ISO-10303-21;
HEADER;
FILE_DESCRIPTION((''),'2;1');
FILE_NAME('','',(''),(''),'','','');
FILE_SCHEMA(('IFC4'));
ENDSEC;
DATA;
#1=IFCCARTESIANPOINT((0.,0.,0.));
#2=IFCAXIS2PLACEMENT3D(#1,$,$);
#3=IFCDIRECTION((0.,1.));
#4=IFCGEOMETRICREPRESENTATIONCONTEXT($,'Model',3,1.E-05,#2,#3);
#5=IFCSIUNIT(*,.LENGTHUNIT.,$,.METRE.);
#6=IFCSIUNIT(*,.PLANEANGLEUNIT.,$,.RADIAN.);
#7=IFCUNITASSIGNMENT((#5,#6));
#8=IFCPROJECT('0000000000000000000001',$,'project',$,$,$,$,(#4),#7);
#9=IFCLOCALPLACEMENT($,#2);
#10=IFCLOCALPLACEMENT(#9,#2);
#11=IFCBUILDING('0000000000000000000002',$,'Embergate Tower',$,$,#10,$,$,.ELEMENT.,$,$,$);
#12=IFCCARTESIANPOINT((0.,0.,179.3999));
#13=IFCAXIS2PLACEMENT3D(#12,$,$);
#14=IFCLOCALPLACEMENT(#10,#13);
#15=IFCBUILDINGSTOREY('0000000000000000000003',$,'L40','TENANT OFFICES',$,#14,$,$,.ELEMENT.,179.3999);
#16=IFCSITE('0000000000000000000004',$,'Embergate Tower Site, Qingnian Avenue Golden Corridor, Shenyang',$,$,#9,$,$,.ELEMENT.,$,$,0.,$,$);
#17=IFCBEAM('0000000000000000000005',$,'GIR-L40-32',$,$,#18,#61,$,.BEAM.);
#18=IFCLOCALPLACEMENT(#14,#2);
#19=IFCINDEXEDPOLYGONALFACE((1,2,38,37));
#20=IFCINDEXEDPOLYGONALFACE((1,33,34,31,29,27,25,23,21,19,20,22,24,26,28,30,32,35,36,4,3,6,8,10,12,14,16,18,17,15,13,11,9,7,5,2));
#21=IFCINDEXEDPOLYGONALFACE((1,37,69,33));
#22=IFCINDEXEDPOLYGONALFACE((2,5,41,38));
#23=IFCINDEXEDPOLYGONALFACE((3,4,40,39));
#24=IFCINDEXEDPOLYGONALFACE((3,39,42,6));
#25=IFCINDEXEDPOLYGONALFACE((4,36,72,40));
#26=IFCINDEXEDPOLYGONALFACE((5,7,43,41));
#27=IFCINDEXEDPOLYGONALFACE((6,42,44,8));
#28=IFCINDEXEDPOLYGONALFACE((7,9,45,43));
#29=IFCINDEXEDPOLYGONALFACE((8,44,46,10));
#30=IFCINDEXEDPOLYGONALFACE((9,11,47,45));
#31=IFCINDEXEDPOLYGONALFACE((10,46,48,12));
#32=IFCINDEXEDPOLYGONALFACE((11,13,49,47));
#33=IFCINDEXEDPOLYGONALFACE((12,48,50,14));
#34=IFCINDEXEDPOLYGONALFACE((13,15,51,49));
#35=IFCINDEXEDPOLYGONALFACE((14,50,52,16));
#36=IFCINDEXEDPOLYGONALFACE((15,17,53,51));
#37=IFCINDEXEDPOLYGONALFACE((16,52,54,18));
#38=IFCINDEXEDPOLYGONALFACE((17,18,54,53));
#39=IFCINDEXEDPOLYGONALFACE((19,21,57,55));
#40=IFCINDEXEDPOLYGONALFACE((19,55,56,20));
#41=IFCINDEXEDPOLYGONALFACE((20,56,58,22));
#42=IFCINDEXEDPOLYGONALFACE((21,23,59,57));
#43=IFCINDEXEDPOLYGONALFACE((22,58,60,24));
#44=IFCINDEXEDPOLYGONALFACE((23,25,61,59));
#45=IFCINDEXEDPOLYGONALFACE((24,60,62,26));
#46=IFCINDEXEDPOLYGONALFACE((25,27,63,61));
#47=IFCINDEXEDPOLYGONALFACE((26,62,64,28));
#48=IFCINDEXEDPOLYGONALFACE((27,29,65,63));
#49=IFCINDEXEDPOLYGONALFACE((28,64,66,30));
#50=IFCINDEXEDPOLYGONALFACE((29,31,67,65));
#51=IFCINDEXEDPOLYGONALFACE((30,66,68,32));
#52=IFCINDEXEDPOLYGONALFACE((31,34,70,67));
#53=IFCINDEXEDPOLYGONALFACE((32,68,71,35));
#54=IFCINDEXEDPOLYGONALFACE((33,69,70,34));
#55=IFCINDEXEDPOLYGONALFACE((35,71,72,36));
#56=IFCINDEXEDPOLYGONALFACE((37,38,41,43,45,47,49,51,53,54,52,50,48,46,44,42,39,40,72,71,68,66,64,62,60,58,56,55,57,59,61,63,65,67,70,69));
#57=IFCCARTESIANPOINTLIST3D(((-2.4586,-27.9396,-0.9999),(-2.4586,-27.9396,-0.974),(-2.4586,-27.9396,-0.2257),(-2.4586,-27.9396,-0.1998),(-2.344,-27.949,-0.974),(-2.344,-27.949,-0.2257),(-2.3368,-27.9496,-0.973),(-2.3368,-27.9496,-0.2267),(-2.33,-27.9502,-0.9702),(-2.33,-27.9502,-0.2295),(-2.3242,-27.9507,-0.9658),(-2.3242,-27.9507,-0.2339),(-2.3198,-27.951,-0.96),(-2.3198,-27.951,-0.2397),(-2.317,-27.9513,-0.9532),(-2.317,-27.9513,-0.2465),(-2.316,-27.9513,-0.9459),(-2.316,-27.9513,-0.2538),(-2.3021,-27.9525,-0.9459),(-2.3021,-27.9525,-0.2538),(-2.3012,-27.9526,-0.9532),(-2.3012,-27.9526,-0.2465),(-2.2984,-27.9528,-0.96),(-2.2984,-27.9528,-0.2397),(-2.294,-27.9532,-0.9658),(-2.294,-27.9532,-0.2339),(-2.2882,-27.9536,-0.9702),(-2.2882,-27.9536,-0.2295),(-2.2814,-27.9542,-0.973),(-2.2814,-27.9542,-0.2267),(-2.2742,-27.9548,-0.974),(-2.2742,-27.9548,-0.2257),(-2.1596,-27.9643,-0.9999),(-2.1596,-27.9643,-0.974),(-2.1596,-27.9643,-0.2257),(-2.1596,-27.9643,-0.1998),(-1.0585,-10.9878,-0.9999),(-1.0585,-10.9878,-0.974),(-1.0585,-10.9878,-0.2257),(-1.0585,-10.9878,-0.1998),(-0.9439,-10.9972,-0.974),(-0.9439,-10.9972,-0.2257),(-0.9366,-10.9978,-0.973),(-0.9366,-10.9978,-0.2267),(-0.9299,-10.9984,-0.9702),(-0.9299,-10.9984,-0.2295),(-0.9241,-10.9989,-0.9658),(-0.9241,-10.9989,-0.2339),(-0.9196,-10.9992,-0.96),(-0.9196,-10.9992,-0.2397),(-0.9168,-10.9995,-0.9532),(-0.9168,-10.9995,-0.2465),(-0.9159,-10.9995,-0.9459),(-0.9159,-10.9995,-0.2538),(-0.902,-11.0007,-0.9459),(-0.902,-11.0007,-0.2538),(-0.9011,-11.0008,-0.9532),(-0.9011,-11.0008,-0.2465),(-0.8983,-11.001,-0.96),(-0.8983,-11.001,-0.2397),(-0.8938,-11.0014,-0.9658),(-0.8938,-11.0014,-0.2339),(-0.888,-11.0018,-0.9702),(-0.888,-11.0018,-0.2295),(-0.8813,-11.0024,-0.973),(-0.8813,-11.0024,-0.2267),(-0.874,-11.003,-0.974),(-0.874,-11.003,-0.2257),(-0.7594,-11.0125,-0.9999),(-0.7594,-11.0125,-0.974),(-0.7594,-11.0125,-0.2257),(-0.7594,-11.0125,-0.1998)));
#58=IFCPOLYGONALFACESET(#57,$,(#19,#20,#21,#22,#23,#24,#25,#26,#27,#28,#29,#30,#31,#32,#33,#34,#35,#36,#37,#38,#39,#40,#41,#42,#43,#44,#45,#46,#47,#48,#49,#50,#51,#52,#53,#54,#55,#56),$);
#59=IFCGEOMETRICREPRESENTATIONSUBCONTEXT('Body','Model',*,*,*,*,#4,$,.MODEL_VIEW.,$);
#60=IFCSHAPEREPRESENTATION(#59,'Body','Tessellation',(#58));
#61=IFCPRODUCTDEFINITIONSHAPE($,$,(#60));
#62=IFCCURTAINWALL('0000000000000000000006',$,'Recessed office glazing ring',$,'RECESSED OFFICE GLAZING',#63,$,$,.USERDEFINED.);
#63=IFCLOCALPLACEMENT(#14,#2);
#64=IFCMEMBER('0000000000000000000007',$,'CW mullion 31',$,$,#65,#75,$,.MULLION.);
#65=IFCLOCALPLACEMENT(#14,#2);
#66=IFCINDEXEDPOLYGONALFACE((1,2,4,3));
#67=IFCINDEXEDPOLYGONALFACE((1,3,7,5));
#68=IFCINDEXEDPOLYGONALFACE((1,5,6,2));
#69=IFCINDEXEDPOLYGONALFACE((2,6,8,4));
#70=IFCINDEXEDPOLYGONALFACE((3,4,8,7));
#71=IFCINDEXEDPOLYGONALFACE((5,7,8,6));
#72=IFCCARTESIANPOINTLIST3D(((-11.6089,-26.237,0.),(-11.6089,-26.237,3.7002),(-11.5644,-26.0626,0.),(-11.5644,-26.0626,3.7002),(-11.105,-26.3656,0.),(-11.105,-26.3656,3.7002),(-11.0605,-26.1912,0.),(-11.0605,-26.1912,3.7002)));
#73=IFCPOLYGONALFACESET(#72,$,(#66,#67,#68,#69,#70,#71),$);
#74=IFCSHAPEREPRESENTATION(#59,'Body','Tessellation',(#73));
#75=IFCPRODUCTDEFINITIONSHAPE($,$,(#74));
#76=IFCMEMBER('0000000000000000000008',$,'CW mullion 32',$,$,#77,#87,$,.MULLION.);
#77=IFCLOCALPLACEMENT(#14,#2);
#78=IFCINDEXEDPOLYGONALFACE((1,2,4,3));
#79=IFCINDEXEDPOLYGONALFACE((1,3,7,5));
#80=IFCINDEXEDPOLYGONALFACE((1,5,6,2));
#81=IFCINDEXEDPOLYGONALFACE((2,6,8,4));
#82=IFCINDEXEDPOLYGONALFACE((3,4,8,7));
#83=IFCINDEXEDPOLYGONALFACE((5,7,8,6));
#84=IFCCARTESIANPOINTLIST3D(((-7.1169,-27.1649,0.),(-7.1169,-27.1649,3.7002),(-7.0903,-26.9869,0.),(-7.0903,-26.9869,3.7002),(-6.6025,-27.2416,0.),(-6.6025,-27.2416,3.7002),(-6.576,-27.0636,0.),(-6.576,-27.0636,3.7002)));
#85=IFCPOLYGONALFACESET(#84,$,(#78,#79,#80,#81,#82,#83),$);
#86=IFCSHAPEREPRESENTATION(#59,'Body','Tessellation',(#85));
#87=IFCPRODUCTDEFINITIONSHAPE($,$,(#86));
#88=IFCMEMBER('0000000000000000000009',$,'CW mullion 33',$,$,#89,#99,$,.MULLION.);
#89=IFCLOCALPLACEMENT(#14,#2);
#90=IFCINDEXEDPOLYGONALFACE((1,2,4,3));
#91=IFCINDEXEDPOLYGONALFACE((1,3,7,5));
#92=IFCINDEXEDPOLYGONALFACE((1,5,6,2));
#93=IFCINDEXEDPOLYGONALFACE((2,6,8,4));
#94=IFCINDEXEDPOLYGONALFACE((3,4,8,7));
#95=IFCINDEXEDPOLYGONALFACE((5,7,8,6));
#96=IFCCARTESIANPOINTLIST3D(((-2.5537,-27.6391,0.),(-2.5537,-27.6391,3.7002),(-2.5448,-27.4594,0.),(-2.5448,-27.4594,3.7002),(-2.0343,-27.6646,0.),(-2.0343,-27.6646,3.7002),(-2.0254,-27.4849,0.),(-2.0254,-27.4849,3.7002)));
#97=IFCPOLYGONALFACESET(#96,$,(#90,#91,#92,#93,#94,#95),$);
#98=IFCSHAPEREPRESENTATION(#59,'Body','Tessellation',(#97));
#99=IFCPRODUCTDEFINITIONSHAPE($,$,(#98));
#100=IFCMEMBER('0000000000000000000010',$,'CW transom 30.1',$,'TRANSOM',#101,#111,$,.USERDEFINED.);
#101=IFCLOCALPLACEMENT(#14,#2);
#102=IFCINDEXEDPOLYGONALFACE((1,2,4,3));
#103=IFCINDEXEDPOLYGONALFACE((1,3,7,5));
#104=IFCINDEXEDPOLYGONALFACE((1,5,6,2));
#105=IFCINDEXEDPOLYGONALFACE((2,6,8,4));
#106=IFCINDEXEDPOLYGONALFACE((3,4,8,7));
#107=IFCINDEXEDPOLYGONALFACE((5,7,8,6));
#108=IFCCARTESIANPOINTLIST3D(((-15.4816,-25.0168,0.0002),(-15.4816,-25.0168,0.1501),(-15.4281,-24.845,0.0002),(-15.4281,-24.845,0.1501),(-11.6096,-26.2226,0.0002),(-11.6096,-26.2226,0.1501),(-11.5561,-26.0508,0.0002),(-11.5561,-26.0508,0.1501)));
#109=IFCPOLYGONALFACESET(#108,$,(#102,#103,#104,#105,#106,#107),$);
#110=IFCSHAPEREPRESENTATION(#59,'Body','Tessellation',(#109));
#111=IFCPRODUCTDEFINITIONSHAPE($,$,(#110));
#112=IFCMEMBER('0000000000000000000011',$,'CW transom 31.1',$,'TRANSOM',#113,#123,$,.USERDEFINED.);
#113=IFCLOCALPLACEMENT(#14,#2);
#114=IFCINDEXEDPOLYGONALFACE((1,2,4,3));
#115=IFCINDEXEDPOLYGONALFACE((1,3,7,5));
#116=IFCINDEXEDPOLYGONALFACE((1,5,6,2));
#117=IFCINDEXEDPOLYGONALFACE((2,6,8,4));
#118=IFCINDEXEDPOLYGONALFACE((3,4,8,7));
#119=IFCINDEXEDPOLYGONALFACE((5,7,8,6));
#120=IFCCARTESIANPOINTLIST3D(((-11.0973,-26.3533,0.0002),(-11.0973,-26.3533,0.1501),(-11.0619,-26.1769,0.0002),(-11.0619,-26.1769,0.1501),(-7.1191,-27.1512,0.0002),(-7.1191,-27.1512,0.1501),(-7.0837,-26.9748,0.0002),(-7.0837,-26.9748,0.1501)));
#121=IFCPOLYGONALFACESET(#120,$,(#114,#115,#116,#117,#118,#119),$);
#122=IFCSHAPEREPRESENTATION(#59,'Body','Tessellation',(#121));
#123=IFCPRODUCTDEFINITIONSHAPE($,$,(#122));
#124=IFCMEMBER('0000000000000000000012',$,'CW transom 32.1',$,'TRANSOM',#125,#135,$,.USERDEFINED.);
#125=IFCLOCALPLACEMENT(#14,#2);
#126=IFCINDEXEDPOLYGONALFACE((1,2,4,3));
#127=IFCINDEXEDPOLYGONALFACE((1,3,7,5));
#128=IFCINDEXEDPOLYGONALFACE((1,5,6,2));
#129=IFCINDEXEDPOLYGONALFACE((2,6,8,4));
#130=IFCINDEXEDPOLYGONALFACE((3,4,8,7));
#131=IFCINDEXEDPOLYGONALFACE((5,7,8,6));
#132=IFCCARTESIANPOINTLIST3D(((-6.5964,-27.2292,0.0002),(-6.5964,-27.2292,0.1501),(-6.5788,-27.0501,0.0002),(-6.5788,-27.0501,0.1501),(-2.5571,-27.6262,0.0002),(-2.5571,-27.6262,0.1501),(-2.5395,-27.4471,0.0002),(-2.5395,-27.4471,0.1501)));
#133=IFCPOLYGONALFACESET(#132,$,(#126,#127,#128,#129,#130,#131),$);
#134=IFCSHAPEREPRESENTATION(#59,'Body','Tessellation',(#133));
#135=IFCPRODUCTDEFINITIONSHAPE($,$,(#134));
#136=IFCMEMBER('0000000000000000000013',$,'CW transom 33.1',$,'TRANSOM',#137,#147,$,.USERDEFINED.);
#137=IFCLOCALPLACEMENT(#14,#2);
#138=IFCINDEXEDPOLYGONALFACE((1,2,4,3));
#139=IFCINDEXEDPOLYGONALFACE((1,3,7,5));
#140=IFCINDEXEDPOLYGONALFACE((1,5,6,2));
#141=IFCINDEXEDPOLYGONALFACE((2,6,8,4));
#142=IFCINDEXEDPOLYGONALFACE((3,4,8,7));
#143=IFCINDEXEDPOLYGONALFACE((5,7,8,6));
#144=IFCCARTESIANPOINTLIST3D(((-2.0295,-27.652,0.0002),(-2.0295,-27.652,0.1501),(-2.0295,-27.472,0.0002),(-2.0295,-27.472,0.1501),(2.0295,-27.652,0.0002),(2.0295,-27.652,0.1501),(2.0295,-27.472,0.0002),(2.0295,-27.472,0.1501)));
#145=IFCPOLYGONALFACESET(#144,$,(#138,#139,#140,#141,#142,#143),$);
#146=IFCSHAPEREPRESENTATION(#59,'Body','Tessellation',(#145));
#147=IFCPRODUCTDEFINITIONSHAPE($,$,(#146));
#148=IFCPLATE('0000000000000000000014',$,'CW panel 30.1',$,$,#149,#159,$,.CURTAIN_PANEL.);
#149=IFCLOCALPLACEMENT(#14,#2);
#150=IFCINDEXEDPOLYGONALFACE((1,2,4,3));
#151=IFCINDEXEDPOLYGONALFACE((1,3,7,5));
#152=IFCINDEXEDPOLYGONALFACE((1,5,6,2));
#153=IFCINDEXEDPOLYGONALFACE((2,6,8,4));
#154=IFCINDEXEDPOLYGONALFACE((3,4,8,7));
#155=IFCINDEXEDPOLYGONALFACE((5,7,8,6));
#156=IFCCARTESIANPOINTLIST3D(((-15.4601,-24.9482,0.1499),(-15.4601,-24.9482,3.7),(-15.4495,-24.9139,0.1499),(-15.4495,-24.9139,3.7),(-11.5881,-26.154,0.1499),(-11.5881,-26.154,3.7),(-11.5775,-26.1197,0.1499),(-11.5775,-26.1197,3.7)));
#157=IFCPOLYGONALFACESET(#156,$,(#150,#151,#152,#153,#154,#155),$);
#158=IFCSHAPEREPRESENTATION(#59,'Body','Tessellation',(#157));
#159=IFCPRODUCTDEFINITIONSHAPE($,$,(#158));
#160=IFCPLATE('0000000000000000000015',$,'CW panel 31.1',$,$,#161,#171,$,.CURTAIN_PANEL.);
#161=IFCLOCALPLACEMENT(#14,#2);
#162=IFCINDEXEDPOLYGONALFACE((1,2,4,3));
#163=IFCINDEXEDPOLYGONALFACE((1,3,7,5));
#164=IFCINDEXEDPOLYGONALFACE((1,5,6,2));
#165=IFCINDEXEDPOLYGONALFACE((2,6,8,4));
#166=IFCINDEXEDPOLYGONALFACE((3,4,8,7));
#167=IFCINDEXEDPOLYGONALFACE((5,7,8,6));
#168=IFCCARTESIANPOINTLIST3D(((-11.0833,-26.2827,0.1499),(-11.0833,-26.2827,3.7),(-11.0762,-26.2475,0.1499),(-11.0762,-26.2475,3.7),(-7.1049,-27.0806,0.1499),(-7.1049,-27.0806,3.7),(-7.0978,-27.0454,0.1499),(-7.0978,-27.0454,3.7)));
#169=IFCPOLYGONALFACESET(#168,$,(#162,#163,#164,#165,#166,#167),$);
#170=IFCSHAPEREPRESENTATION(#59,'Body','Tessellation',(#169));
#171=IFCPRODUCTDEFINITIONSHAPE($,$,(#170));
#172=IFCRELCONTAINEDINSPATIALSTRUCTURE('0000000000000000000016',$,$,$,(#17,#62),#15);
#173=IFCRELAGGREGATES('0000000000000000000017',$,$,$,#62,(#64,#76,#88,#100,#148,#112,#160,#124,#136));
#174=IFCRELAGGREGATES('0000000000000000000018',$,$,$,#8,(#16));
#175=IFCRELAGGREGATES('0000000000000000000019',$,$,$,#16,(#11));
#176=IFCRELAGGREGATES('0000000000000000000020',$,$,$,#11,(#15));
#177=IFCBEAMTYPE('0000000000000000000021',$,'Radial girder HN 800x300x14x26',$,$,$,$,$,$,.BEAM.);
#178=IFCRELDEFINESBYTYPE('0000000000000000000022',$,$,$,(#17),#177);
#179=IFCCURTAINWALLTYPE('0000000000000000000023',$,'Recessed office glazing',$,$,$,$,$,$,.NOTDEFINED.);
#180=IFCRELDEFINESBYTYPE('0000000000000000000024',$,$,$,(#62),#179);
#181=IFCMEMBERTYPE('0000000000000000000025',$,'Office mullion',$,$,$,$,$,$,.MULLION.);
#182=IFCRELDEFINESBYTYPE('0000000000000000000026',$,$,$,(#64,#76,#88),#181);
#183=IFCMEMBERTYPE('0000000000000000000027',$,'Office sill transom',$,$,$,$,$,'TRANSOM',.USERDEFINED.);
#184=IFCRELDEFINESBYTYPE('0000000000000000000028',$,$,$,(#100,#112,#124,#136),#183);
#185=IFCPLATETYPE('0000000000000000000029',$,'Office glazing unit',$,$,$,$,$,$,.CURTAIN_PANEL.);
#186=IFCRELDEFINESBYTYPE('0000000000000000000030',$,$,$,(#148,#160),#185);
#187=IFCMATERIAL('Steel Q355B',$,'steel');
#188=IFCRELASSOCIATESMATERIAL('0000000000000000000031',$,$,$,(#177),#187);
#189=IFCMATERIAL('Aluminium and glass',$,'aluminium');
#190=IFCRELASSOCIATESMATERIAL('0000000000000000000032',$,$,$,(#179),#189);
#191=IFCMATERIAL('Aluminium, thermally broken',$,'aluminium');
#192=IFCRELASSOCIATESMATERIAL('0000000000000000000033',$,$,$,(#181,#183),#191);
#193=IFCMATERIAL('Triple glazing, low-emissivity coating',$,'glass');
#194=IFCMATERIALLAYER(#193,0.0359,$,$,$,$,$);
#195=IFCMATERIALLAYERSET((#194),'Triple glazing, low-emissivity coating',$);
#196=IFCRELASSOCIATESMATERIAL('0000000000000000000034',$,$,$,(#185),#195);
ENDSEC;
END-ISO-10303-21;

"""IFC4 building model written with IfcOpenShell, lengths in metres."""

from ifc_helpers import new_model, si_unit, direction, frame, origin, origin_2d, place, context, subcontext, project, spatial, rectangle, i_section, extrude, source, transform, mapped, material, layer, layer_set, material_profile, profile_set, type_object, element, aggregate, save


model = new_model("IFC4")

# Units and contexts
model_context = context("Model", 3, precision=1e-05, world=origin(), true_north=direction((0.0, 1.0)))
body_context = subcontext(model_context, "Body", "Model", "MODEL_VIEW")
ifc_project = project(units=[si_unit("LENGTHUNIT", "METRE"), si_unit("PLANEANGLEUNIT", "RADIAN")], contexts=[model_context])

# Site, building, storey
site_placement = place(None, origin())
site = spatial("IfcSite", under=ifc_project, at=site_placement, Name="Embergate Tower Site, Qingnian Avenue Golden Corridor, Shenyang", CompositionType="ELEMENT", RefElevation=0.0)
building_placement = place(site_placement, origin())
building = spatial("IfcBuilding", under=site, at=building_placement, Name="Embergate Tower", CompositionType="ELEMENT")
storey_placement = place(building_placement, frame((0.0, 0.0, 179.3999)))
storey = spatial("IfcBuildingStorey", under=building, at=storey_placement, Name="L40", Description="TENANT OFFICES", CompositionType="ELEMENT", Elevation=179.3999)

# Beam
ifc_material_1 = material(Name="Steel Q355B", Category="steel")
ifc_material_profile_1 = material_profile(ifc_material_1, i_section(OverallWidth=0.3, OverallDepth=0.8, WebThickness=0.0139, FlangeThickness=0.0259, FilletRadius=0.0281, at=origin_2d()), Name="HN 800x300x14x26")
ifc_profile_set_1 = profile_set([ifc_material_profile_1], Name="Steel Q355 grade B")
beam_type_1 = type_object("IfcBeamType", Name="Radial girder HN 800x300x14x26", PredefinedType="BEAM", material=ifc_profile_set_1)
shared_shape_1 = source(origin(), body_context, "Body", "SweptSolid", [
    extrude(i_section(OverallWidth=0.3, OverallDepth=0.8, WebThickness=0.0139, FlangeThickness=0.0259, FilletRadius=0.0281, at=origin_2d()), origin(), (0.0, 0.0, 1.0), 17.0095),
])
beam_1_placement = place(storey_placement, frame((-2.3091, -27.9519, -0.5999), z_axis=(0.082315, 0.996606, 0.0), x_axis=(-0.996606, 0.082315, 0.0)))
element("IfcBeam", 1, at=beam_1_placement, inside=storey, type_object=beam_type_1, Name="GIR-L40-32", PredefinedType="BEAM", context=body_context, shape_type="MappedRepresentation", body=[
    mapped(shared_shape_1, transform((0.0, 0.0, 0.0))),
])

# Curtain wall, members
ifc_material_2 = material(Name="Aluminium and glass", Category="aluminium")
curtain_wall_type = type_object("IfcCurtainWallType", Name="Recessed office glazing", PredefinedType="NOTDEFINED", material=ifc_material_2)
curtain_wall_placement = place(storey_placement, origin())
curtain_wall = element("IfcCurtainWall", 2, at=curtain_wall_placement, inside=storey, type_object=curtain_wall_type, Name="Recessed office glazing ring", ObjectType="RECESSED OFFICE GLAZING", PredefinedType="USERDEFINED")
ifc_material_3 = material(Name="Aluminium, thermally broken", Category="aluminium")
ifc_material_profile_2 = material_profile(ifc_material_3, rectangle(XDim=0.1799, YDim=0.52, at=origin_2d()), Name="AL 520x180")
ifc_profile_set_2 = profile_set([ifc_material_profile_2], Name="Aluminium, thermally broken")
member_type_1 = type_object("IfcMemberType", Name="Office mullion", PredefinedType="MULLION", material=ifc_profile_set_2)
shared_shape_2 = source(origin(), body_context, "Body", "SweptSolid", [
    extrude(rectangle(XDim=0.1799, YDim=0.52, at=origin_2d()), origin(), (0.0, 0.0, 1.0), 3.7002),
])
member_1_placement = place(storey_placement, frame((-11.3347, -26.2141, 0.0), z_axis=(0.0, 0.0, 1.0), x_axis=(0.247308, 0.968937, 0.0)))
member_1 = element("IfcMember", 3, at=member_1_placement, type_object=member_type_1, Name="CW mullion 31", PredefinedType="MULLION", context=body_context, shape_type="MappedRepresentation", body=[
    mapped(shared_shape_2, transform((0.0, 0.0, 0.0))),
])
member_2_placement = place(storey_placement, frame((-6.8464, -27.1143, 0.0), z_axis=(0.0, 0.0, 1.0), x_axis=(0.147409, 0.989076, 0.0)))
member_2 = element("IfcMember", 4, at=member_2_placement, type_object=member_type_1, Name="CW mullion 32", PredefinedType="MULLION", context=body_context, shape_type="MappedRepresentation", body=[
    mapped(shared_shape_2, transform((0.0, 0.0, 0.0))),
])
member_3_placement = place(storey_placement, frame((-2.2896, -27.562, 0.0), z_axis=(0.0, 0.0, 1.0), x_axis=(0.04897, 0.9988, 0.0)))
member_3 = element("IfcMember", 5, at=member_3_placement, type_object=member_type_1, Name="CW mullion 33", PredefinedType="MULLION", context=body_context, shape_type="MappedRepresentation", body=[
    mapped(shared_shape_2, transform((0.0, 0.0, 0.0))),
])
ifc_material_profile_3 = material_profile(ifc_material_3, rectangle(XDim=0.1799, YDim=0.1499, at=origin_2d()), Name="AL 150x180")
ifc_profile_set_3 = profile_set([ifc_material_profile_3], Name="Aluminium, thermally broken")
member_type_2 = type_object("IfcMemberType", Name="Office sill transom", ElementType="TRANSOM", PredefinedType="USERDEFINED", material=ifc_profile_set_3)
shared_shape_3 = source(origin(), body_context, "Body", "SweptSolid", [
    extrude(rectangle(XDim=0.1799, YDim=0.1499, at=origin_2d()), origin(), (0.0, 0.0, 1.0), 4.0554),
])
member_4_placement = place(storey_placement, frame((-15.4548, -24.9309, 0.0752), z_axis=(0.954775, -0.297329, 0.0), x_axis=(0.297329, 0.954775, 0.0)))
member_4 = element("IfcMember", 6, at=member_4_placement, type_object=member_type_2, Name="CW transom 30.1", ObjectType="TRANSOM", PredefinedType="USERDEFINED", context=body_context, shape_type="MappedRepresentation", body=[
    mapped(shared_shape_3, transform((0.0, 0.0, 0.0))),
])
shared_shape_4 = source(origin(), body_context, "Body", "SweptSolid", [
    extrude(rectangle(XDim=0.1799, YDim=0.1499, at=origin_2d()), origin(), (0.0, 0.0, 1.0), 4.0574),
])
member_5_placement = place(storey_placement, frame((-11.0796, -26.2651, 0.0752), z_axis=(0.980476, -0.196637, 0.0), x_axis=(0.196637, 0.980476, 0.0)))
member_5 = element("IfcMember", 7, at=member_5_placement, type_object=member_type_2, Name="CW transom 31.1", ObjectType="TRANSOM", PredefinedType="USERDEFINED", context=body_context, shape_type="MappedRepresentation", body=[
    mapped(shared_shape_4, transform((0.0, 0.0, 0.0))),
])
shared_shape_5 = source(origin(), body_context, "Body", "SweptSolid", [
    extrude(rectangle(XDim=0.1799, YDim=0.1499, at=origin_2d()), origin(), (0.0, 0.0, 1.0), 4.0588),
])
member_6_placement = place(storey_placement, frame((-6.5876, -27.1396, 0.0752), z_axis=(0.995205, -0.097806, 0.0), x_axis=(0.097806, 0.995205, 0.0)))
member_6 = element("IfcMember", 8, at=member_6_placement, type_object=member_type_2, Name="CW transom 32.1", ObjectType="TRANSOM", PredefinedType="USERDEFINED", context=body_context, shape_type="MappedRepresentation", body=[
    mapped(shared_shape_5, transform((0.0, 0.0, 0.0))),
])
shared_shape_6 = source(origin(), body_context, "Body", "SweptSolid", [
    extrude(rectangle(XDim=0.1799, YDim=0.1499, at=origin_2d()), origin(), (0.0, 0.0, 1.0), 4.0591),
])
member_7_placement = place(storey_placement, frame((-2.0295, -27.562, 0.0752), z_axis=(1.0, 0.0, 0.0), x_axis=(0.0, 1.0, 0.0)))
member_7 = element("IfcMember", 9, at=member_7_placement, type_object=member_type_2, Name="CW transom 33.1", ObjectType="TRANSOM", PredefinedType="USERDEFINED", context=body_context, shape_type="MappedRepresentation", body=[
    mapped(shared_shape_6, transform((0.0, 0.0, 0.0))),
])

# Plates
ifc_material_4 = material(Name="Triple glazing, low-emissivity coating", Category="glass")
ifc_layer_1 = layer(ifc_material_4, 0.0359)
ifc_layer_set_1 = layer_set([ifc_layer_1], Name="Triple glazing, low-emissivity coating")
plate_type = type_object("IfcPlateType", Name="Office glazing unit", PredefinedType="CURTAIN_PANEL", material=ifc_layer_set_1)
shared_shape_7 = source(origin(), body_context, "Body", "SweptSolid", [
    extrude(rectangle(XDim=4.0554, YDim=0.0359, at=origin_2d()), origin(), (0.0, 0.0, 1.0), 3.55),
])
plate_1_placement = place(storey_placement, frame((-13.5188, -25.5339, 0.1499), z_axis=(0.0, 0.0, 1.0), x_axis=(0.954773, -0.297335, 0.0)))
plate_1 = element("IfcPlate", 10, at=plate_1_placement, type_object=plate_type, Name="CW panel 30.1", PredefinedType="CURTAIN_PANEL", context=body_context, shape_type="MappedRepresentation", body=[
    mapped(shared_shape_7, transform((0.0, 0.0, 0.0))),
])
shared_shape_8 = source(origin(), body_context, "Body", "SweptSolid", [
    extrude(rectangle(XDim=4.0576, YDim=0.0359, at=origin_2d()), origin(), (0.0, 0.0, 1.0), 3.55),
])
plate_2_placement = place(storey_placement, frame((-9.0906, -26.6641, 0.1499), z_axis=(0.0, 0.0, 1.0), x_axis=(0.980476, -0.196638, 0.0)))
plate_2 = element("IfcPlate", 11, at=plate_2_placement, type_object=plate_type, Name="CW panel 31.1", PredefinedType="CURTAIN_PANEL", context=body_context, shape_type="MappedRepresentation", body=[
    mapped(shared_shape_8, transform((0.0, 0.0, 0.0))),
])
aggregate(curtain_wall, [member_1, member_2, member_3, member_4, plate_1, member_5, plate_2, member_6, member_7])

save(model, "model.ifc")
